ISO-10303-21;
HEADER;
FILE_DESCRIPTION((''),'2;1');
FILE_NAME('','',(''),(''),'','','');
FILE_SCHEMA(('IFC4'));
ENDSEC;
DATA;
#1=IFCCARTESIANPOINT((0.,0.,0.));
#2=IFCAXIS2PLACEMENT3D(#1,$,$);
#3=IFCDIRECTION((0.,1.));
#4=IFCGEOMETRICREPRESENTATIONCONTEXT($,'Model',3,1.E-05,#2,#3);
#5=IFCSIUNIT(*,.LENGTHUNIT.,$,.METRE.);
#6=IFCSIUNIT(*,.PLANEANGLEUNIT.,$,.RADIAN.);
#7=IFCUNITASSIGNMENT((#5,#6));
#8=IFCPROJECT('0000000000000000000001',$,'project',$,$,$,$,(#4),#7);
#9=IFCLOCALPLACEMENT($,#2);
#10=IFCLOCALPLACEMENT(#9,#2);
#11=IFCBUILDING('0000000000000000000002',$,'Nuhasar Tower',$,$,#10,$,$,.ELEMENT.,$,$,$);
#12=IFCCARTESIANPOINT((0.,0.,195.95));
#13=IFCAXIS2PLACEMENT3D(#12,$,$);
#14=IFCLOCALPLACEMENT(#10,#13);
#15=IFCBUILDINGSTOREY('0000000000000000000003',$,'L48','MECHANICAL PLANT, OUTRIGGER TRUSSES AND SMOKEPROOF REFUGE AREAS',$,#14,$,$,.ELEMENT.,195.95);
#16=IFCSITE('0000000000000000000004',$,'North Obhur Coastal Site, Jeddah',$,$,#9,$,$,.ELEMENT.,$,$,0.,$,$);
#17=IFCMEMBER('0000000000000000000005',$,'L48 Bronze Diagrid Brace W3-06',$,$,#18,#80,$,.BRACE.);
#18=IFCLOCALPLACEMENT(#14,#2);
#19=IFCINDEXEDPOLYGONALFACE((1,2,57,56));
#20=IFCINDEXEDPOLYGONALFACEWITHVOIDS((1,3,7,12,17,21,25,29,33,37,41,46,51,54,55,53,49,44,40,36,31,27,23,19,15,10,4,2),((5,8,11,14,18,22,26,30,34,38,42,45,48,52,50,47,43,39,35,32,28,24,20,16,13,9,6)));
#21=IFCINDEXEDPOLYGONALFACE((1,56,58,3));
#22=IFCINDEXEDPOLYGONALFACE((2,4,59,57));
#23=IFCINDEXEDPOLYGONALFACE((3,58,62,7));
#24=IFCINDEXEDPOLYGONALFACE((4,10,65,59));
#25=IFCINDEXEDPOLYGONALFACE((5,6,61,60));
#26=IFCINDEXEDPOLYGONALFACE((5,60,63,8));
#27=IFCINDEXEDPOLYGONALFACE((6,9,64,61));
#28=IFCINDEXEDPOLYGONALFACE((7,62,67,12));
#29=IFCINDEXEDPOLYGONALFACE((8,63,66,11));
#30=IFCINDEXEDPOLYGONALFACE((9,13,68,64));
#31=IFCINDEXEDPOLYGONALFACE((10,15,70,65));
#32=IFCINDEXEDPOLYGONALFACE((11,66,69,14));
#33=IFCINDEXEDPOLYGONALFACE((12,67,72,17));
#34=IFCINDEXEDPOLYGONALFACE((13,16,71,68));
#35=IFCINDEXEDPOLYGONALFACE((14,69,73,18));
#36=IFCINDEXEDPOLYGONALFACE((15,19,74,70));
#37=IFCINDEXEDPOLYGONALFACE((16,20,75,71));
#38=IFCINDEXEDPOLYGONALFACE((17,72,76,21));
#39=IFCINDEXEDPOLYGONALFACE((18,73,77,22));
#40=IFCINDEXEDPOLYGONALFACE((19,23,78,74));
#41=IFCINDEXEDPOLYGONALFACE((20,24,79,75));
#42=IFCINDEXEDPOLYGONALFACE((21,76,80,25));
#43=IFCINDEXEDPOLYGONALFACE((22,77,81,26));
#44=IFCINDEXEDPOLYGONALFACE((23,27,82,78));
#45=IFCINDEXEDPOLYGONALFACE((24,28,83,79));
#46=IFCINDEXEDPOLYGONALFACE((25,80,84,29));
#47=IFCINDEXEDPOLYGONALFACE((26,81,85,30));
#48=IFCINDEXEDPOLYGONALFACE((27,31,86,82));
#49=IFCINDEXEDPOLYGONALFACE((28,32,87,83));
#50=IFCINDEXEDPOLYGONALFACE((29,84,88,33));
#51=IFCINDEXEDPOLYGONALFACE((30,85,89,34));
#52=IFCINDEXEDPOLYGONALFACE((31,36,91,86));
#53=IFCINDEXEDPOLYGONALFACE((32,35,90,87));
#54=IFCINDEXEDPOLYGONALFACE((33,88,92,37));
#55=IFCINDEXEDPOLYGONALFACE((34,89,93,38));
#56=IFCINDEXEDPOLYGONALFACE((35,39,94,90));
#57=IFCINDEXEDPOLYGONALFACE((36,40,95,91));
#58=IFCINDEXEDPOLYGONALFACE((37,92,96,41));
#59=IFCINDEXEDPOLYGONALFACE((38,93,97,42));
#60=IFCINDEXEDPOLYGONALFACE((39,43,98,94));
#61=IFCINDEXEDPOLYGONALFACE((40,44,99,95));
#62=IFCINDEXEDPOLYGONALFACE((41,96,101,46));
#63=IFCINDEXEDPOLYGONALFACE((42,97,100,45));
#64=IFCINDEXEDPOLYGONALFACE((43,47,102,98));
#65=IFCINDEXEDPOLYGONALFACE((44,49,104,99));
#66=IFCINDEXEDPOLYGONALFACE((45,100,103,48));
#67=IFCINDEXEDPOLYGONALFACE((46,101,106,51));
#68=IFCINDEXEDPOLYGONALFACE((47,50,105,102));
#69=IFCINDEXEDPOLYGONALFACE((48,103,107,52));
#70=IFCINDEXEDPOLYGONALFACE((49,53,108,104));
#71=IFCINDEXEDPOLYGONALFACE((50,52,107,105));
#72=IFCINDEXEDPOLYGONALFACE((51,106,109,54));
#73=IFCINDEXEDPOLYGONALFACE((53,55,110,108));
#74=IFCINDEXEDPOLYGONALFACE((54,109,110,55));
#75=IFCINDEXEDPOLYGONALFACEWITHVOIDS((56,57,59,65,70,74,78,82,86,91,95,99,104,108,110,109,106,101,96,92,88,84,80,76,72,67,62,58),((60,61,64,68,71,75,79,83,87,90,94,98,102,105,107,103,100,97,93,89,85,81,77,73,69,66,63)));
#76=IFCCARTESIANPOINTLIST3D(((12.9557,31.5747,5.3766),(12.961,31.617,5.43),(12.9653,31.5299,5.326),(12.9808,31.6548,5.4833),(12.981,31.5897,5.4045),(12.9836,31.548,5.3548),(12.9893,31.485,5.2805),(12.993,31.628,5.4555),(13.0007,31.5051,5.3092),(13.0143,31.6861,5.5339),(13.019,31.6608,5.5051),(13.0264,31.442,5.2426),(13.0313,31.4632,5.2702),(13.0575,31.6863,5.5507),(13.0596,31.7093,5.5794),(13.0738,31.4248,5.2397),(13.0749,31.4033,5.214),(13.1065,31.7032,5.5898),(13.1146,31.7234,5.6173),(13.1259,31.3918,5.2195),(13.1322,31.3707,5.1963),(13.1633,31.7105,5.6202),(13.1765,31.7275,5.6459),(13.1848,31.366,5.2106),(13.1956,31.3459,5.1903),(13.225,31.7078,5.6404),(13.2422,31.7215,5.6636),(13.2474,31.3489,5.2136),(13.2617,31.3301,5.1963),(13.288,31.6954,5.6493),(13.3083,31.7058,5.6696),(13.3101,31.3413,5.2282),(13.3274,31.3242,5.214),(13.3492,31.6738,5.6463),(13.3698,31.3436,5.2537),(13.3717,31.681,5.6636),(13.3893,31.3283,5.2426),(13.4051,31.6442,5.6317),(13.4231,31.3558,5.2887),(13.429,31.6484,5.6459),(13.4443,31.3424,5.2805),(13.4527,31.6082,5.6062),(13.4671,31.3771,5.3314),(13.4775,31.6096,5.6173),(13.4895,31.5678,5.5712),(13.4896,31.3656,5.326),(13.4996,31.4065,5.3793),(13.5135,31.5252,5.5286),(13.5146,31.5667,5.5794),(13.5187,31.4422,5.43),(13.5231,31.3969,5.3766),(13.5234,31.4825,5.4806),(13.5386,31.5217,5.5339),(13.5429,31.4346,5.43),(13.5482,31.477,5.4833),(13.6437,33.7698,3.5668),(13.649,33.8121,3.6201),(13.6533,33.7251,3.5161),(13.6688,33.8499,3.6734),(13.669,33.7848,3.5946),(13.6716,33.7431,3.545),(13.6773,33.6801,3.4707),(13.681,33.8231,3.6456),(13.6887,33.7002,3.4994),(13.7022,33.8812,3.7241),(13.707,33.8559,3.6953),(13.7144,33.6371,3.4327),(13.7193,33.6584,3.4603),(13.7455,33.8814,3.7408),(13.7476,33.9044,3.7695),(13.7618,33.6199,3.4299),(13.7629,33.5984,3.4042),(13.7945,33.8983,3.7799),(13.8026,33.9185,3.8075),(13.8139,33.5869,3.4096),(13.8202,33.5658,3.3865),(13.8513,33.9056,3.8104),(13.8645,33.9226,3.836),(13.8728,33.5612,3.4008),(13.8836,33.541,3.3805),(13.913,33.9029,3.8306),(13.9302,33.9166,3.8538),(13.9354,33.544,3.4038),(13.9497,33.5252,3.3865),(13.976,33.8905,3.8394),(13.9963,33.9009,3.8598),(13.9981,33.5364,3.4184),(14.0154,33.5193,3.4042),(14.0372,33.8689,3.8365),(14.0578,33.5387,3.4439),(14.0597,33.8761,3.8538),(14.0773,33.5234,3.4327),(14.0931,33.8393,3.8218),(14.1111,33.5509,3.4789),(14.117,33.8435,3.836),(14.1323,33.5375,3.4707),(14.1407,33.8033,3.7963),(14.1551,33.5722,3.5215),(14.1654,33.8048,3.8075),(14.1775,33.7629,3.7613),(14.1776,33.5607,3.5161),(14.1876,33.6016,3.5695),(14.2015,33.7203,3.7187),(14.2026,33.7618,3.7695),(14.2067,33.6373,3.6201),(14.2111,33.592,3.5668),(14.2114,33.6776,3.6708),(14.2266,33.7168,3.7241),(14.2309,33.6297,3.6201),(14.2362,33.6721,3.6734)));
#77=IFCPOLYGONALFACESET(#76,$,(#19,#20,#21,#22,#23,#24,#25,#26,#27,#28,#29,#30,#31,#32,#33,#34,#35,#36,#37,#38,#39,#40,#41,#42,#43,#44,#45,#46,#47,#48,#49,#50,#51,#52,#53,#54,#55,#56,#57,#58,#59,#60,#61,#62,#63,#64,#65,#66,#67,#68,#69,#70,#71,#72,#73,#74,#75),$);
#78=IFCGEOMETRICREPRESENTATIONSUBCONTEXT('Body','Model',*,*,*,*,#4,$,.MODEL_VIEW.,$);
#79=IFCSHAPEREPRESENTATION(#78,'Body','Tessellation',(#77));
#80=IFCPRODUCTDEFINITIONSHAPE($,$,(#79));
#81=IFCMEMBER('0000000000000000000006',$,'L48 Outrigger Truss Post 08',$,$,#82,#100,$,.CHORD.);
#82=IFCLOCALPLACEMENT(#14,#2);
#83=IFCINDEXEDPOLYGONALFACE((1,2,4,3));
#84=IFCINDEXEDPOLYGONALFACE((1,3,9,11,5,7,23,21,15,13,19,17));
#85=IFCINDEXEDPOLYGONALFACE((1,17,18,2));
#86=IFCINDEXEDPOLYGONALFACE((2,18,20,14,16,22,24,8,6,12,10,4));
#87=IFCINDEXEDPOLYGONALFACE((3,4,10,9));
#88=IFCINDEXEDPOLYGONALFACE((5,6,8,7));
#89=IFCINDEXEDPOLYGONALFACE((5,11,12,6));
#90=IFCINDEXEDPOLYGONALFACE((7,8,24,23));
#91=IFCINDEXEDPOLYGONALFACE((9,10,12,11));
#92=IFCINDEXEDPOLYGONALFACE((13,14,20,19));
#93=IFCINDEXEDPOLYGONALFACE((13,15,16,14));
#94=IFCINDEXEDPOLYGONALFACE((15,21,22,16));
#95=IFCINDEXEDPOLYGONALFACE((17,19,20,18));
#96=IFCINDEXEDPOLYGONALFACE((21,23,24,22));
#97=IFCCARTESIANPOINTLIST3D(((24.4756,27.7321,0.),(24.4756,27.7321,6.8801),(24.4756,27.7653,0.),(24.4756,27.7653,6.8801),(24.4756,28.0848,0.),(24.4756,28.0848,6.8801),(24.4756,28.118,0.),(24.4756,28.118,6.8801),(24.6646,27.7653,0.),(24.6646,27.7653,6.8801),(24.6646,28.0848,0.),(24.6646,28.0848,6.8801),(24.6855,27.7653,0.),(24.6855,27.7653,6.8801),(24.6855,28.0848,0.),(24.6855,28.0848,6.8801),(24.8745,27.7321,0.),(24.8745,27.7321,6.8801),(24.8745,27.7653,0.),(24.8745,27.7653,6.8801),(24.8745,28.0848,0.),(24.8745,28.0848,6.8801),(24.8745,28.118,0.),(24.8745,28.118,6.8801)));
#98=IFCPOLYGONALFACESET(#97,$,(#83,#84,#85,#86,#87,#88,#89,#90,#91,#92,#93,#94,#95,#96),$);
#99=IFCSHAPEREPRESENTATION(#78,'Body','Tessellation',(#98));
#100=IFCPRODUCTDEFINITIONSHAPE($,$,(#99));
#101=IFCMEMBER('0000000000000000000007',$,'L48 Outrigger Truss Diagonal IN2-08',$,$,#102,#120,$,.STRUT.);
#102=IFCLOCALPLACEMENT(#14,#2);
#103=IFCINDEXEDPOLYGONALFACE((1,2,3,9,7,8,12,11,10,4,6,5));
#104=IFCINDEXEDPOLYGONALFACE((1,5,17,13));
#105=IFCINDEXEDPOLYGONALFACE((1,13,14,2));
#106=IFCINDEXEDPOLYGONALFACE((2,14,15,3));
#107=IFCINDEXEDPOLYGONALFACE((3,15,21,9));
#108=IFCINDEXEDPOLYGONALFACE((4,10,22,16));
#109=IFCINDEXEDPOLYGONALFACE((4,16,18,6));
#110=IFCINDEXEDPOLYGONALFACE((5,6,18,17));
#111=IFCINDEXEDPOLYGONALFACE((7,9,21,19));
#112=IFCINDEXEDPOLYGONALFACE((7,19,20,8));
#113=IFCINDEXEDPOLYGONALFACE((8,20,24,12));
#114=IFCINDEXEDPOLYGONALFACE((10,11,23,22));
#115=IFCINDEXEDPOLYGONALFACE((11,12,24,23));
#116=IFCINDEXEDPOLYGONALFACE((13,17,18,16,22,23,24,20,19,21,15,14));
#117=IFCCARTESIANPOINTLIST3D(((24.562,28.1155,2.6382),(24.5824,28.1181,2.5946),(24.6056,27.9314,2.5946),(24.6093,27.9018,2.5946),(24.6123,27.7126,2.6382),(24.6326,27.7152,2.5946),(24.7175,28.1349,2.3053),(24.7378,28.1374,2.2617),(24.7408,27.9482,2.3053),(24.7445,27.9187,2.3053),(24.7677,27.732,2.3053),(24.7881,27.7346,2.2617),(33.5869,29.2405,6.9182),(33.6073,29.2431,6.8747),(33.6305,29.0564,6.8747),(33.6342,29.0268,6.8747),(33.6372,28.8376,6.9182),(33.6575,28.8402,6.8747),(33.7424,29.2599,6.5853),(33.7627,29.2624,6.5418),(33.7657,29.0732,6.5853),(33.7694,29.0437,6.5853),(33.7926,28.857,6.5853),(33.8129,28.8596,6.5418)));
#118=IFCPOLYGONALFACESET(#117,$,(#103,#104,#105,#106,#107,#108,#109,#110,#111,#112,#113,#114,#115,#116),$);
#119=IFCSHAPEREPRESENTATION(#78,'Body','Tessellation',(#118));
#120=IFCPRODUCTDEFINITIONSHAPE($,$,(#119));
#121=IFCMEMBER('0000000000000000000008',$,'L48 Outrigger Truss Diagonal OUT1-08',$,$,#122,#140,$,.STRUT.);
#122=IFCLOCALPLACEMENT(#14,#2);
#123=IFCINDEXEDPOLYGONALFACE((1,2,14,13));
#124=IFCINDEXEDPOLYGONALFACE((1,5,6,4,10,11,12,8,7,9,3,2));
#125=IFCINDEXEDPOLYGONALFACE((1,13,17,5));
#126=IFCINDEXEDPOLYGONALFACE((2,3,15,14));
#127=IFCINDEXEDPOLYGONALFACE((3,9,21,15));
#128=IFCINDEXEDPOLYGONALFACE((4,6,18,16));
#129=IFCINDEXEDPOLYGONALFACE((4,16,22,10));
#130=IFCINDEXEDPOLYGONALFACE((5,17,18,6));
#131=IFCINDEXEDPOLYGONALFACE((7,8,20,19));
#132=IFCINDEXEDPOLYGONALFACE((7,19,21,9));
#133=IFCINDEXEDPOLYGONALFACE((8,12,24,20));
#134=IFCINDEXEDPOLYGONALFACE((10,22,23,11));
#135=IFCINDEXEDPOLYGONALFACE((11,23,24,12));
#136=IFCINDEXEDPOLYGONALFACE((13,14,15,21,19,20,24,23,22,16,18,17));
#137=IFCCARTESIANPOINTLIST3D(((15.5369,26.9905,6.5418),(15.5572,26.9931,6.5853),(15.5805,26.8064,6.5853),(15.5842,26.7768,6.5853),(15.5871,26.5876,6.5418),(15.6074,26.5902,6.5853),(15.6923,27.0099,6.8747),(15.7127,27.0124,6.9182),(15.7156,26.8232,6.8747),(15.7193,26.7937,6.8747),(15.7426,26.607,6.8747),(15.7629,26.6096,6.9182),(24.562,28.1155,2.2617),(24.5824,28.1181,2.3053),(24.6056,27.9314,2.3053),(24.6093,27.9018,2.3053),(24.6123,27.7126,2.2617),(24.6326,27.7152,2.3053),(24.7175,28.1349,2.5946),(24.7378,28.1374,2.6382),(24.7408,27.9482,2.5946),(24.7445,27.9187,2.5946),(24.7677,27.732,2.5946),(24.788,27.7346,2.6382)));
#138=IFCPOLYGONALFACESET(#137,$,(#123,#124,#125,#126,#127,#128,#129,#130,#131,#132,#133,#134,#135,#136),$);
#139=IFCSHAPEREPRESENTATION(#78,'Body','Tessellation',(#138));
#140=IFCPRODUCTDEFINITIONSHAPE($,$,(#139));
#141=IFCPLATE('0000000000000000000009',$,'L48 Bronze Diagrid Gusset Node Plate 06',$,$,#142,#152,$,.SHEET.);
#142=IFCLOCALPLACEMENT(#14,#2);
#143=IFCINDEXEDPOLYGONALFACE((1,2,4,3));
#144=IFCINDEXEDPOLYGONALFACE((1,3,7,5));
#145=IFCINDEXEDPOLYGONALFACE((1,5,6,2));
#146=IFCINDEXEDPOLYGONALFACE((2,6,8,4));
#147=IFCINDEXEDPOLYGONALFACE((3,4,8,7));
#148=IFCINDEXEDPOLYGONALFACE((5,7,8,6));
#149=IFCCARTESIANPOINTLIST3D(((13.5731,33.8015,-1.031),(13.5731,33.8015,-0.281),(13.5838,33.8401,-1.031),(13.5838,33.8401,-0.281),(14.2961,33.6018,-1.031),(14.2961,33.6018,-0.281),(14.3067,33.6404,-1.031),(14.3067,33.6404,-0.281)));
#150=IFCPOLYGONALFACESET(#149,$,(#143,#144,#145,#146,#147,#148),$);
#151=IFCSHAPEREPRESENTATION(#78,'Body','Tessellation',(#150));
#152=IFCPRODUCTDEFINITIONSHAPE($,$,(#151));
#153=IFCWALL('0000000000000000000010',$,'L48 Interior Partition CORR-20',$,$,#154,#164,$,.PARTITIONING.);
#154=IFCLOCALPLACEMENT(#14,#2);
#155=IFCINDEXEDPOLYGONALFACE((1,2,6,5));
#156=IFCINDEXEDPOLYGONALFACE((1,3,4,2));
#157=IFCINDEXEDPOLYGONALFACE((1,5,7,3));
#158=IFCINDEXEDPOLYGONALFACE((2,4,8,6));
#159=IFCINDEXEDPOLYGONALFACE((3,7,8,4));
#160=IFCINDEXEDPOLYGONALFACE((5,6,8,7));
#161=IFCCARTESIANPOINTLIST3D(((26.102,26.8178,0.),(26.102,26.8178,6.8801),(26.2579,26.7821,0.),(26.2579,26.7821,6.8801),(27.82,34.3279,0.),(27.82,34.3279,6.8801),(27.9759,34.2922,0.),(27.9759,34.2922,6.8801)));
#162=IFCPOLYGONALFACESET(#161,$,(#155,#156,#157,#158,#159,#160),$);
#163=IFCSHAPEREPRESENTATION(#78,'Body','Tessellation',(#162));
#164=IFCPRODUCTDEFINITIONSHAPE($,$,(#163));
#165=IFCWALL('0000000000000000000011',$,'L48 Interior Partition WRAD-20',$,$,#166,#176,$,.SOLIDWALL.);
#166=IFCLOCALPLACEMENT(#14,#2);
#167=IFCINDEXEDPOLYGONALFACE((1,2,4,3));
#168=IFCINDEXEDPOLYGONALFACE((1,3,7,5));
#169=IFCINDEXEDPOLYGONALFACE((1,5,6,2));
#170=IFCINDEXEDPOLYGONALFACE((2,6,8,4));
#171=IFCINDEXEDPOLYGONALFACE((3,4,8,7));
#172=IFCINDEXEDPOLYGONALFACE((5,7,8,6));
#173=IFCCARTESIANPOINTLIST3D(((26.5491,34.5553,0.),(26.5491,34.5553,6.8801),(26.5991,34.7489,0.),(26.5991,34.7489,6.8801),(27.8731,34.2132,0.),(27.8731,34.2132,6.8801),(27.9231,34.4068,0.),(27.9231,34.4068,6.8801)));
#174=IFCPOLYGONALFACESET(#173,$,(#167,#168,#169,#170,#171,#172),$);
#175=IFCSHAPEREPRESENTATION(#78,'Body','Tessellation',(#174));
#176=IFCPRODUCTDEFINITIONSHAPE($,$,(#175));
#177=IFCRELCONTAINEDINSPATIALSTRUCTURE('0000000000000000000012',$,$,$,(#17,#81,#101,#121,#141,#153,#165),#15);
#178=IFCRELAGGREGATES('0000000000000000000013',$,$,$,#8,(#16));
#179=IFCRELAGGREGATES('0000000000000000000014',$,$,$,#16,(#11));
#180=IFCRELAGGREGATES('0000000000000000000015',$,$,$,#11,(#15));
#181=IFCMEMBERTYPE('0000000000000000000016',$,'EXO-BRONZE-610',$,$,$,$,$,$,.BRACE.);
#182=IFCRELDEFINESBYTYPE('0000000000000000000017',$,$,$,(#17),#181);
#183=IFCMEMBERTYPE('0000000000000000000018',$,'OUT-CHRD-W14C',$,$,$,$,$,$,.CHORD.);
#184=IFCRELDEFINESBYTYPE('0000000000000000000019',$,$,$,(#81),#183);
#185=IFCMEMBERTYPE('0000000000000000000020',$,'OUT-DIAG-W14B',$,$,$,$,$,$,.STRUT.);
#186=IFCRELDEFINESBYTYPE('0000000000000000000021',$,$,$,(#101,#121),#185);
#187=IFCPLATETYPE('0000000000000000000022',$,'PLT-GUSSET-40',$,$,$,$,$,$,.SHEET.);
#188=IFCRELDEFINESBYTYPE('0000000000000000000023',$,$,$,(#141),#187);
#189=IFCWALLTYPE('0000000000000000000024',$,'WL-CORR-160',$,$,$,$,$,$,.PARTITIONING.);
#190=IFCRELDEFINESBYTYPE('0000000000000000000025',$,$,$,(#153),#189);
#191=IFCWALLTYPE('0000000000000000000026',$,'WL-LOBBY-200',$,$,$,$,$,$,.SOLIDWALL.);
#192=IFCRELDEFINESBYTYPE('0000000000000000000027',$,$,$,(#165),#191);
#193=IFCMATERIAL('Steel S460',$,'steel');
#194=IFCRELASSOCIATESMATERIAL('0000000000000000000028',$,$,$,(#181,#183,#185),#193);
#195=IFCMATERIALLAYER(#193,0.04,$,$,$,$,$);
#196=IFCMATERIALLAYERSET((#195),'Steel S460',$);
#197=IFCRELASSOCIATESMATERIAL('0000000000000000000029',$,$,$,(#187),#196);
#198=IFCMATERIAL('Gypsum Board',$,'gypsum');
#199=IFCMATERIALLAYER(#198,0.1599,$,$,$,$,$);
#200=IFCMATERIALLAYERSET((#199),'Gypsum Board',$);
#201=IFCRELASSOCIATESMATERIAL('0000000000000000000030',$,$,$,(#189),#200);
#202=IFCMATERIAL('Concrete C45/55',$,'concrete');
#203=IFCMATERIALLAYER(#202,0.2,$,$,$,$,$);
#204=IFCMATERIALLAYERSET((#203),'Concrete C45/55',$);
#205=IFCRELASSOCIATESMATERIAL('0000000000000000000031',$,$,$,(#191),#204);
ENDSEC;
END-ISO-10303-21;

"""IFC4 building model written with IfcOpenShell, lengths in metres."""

from ifc_helpers import new_model, si_unit, direction, frame, frame_2d, origin, origin_2d, place, context, subcontext, project, spatial, rectangle, hollow_circle, i_section, extrude, material, layer, layer_set, material_profile, profile_set, type_object, element, save


model = new_model("IFC4")

# Units and contexts
model_context = context("Model", 3, precision=1e-05, world=origin(), true_north=direction((0.0, 1.0)))
body_context = subcontext(model_context, "Body", "Model", "MODEL_VIEW")
ifc_project = project(units=[si_unit("LENGTHUNIT", "METRE"), si_unit("PLANEANGLEUNIT", "RADIAN")], contexts=[model_context])

# Site, building, storey
site_placement = place(None, origin())
site = spatial("IfcSite", under=ifc_project, at=site_placement, Name="North Obhur Coastal Site, Jeddah", CompositionType="ELEMENT", RefElevation=0.0)
building_placement = place(site_placement, origin())
building = spatial("IfcBuilding", under=site, at=building_placement, Name="Nuhasar Tower", CompositionType="ELEMENT")
storey_placement = place(building_placement, frame((0.0, 0.0, 195.95)))
storey = spatial("IfcBuildingStorey", under=building, at=storey_placement, Name="L48", Description="MECHANICAL PLANT, OUTRIGGER TRUSSES AND SMOKEPROOF REFUGE AREAS", CompositionType="ELEMENT", Elevation=195.95)

# Shared definitions
ifc_material_1 = material(Name="Steel S460", Category="steel")

# Members
ifc_material_profile_1 = material_profile(ifc_material_1, hollow_circle(Radius=0.3049, WallThickness=0.0254, at=origin_2d()), Name="HSS610X25.4")
ifc_profile_set_1 = profile_set([ifc_material_profile_1], Name="Steel S460")
member_type_1 = type_object("IfcMemberType", Name="EXO-BRONZE-610", PredefinedType="BRACE", material=ifc_profile_set_1)
for number, where, z_axis, x_axis, name in (
    (1, (13.9399, 33.7209, 3.6201), (-0.235052, -0.749949, 0.618326), (0.954228, -0.299079, 0.0), "L48 Bronze Diagrid Brace W3-06"),
):
    element("IfcMember", number, at=place(storey_placement, frame(where, z_axis=z_axis, x_axis=x_axis)), inside=storey, type_object=member_type_1, Name=name, PredefinedType="BRACE", context=body_context, shape_type="SweptSolid", body=[
        extrude(hollow_circle(Radius=0.3049, WallThickness=0.0254, at=origin_2d()), origin(), (0.0, 0.0, 1.0), 2.927),
    ])
ifc_material_profile_2 = material_profile(ifc_material_1, i_section(OverallWidth=0.3989, OverallDepth=0.386, WebThickness=0.021, FlangeThickness=0.0332, at=origin_2d()), Name="W14X176")
ifc_profile_set_2 = profile_set([ifc_material_profile_2], Name="Steel S460")
member_type_2 = type_object("IfcMemberType", Name="OUT-CHRD-W14C", PredefinedType="CHORD", material=ifc_profile_set_2)
member_1_placement = place(storey_placement, frame((24.675, 27.925, 0.0), z_axis=(0.0, 0.0, 1.0), x_axis=(1.0, 0.0, 0.0)))
element("IfcMember", 2, at=member_1_placement, inside=storey, type_object=member_type_2, Name="L48 Outrigger Truss Post 08", PredefinedType="CHORD", context=body_context, shape_type="SweptSolid", body=[
    extrude(i_section(OverallWidth=0.3989, OverallDepth=0.386, WebThickness=0.021, FlangeThickness=0.0332, at=origin_2d()), origin(), (0.0, 0.0, 1.0), 6.8801),
])
ifc_material_profile_3 = material_profile(ifc_material_1, i_section(OverallWidth=0.406, OverallDepth=0.416, WebThickness=0.0298, FlangeThickness=0.0481, at=origin_2d()), Name="W14X257")
ifc_profile_set_3 = profile_set([ifc_material_profile_3], Name="Steel S460")
member_type_3 = type_object("IfcMemberType", Name="OUT-DIAG-W14B", PredefinedType="STRUT", material=ifc_profile_set_3)
member_2_placement = place(storey_placement, frame((24.675, 27.925, 2.45), z_axis=(0.897864, 0.111923, 0.425809), x_axis=(-0.123698, 0.99232, 0.0)))
element("IfcMember", 3, at=member_2_placement, inside=storey, type_object=member_type_3, Name="L48 Outrigger Truss Diagonal IN2-08", PredefinedType="STRUT", context=body_context, shape_type="SweptSolid", body=[
    extrude(i_section(OverallWidth=0.406, OverallDepth=0.416, WebThickness=0.0298, FlangeThickness=0.0481, at=origin_2d()), origin(), (0.0, 0.0, 1.0), 10.0515),
])
member_3_placement = place(storey_placement, frame((24.675, 27.925, 2.45), z_axis=(-0.897869, -0.111921, 0.4258), x_axis=(0.123694, -0.99232, 0.0)))
element("IfcMember", 4, at=member_3_placement, inside=storey, type_object=member_type_3, Name="L48 Outrigger Truss Diagonal OUT1-08", PredefinedType="STRUT", context=body_context, shape_type="SweptSolid", body=[
    extrude(i_section(OverallWidth=0.406, OverallDepth=0.416, WebThickness=0.0298, FlangeThickness=0.0481, at=origin_2d()), origin(), (0.0, 0.0, 1.0), 10.0518),
])

# Plate
ifc_layer_1 = layer(ifc_material_1, 0.04)
ifc_layer_set_1 = layer_set([ifc_layer_1], Name="Steel S460")
plate_type = type_object("IfcPlateType", Name="PLT-GUSSET-40", PredefinedType="SHEET", material=ifc_layer_set_1)
plate_placement = place(storey_placement, frame((13.9399, 33.7209, -1.031), z_axis=(0.0, 0.0, 1.0), x_axis=(-0.963914, 0.266212, 0.0)))
element("IfcPlate", 5, at=plate_placement, inside=storey, type_object=plate_type, Name="L48 Bronze Diagrid Gusset Node Plate 06", PredefinedType="SHEET", context=body_context, shape_type="SweptSolid", body=[
    extrude(rectangle(XDim=0.75, YDim=0.04, at=origin_2d()), origin(), (0.0, 0.0, 1.0), 0.75),
])

# Walls
ifc_material_2 = material(Name="Gypsum Board", Category="gypsum")
ifc_layer_2 = layer(ifc_material_2, 0.1599)
ifc_layer_set_2 = layer_set([ifc_layer_2], Name="Gypsum Board")
wall_type_1 = type_object("IfcWallType", Name="WL-CORR-160", PredefinedType="PARTITIONING", material=ifc_layer_set_2)
wall_1_placement = place(storey_placement, frame((27.8979, 34.3101, 0.0), z_axis=(0.0, 0.0, 1.0), x_axis=(-0.223003, -0.974818, 0.0)))
element("IfcWall", 6, at=wall_1_placement, inside=storey, type_object=wall_type_1, Name="L48 Interior Partition CORR-20", PredefinedType="PARTITIONING", context=body_context, shape_type="SweptSolid", body=[
    extrude(rectangle(XDim=7.7041, YDim=0.1599, at=frame_2d((3.8521, 0.0))), origin(), (0.0, 0.0, 1.0), 6.8801),
])
ifc_material_3 = material(Name="Concrete C45/55", Category="concrete")
ifc_layer_3 = layer(ifc_material_3, 0.2)
ifc_layer_set_3 = layer_set([ifc_layer_3], Name="Concrete C45/55")
wall_type_2 = type_object("IfcWallType", Name="WL-LOBBY-200", PredefinedType="SOLIDWALL", material=ifc_layer_set_3)
wall_2_placement = place(storey_placement, frame((27.8979, 34.3101, 0.0), z_axis=(0.0, 0.0, 1.0), x_axis=(-0.968212, 0.250132, 0.0)))
element("IfcWall", 7, at=wall_2_placement, inside=storey, type_object=wall_type_2, Name="L48 Interior Partition WRAD-20", PredefinedType="SOLIDWALL", context=body_context, shape_type="SweptSolid", body=[
    extrude(rectangle(XDim=1.3674, YDim=0.2, at=frame_2d((0.6836, 0.0))), origin(), (0.0, 0.0, 1.0), 6.8801),
])

save(model, "model.ifc")
